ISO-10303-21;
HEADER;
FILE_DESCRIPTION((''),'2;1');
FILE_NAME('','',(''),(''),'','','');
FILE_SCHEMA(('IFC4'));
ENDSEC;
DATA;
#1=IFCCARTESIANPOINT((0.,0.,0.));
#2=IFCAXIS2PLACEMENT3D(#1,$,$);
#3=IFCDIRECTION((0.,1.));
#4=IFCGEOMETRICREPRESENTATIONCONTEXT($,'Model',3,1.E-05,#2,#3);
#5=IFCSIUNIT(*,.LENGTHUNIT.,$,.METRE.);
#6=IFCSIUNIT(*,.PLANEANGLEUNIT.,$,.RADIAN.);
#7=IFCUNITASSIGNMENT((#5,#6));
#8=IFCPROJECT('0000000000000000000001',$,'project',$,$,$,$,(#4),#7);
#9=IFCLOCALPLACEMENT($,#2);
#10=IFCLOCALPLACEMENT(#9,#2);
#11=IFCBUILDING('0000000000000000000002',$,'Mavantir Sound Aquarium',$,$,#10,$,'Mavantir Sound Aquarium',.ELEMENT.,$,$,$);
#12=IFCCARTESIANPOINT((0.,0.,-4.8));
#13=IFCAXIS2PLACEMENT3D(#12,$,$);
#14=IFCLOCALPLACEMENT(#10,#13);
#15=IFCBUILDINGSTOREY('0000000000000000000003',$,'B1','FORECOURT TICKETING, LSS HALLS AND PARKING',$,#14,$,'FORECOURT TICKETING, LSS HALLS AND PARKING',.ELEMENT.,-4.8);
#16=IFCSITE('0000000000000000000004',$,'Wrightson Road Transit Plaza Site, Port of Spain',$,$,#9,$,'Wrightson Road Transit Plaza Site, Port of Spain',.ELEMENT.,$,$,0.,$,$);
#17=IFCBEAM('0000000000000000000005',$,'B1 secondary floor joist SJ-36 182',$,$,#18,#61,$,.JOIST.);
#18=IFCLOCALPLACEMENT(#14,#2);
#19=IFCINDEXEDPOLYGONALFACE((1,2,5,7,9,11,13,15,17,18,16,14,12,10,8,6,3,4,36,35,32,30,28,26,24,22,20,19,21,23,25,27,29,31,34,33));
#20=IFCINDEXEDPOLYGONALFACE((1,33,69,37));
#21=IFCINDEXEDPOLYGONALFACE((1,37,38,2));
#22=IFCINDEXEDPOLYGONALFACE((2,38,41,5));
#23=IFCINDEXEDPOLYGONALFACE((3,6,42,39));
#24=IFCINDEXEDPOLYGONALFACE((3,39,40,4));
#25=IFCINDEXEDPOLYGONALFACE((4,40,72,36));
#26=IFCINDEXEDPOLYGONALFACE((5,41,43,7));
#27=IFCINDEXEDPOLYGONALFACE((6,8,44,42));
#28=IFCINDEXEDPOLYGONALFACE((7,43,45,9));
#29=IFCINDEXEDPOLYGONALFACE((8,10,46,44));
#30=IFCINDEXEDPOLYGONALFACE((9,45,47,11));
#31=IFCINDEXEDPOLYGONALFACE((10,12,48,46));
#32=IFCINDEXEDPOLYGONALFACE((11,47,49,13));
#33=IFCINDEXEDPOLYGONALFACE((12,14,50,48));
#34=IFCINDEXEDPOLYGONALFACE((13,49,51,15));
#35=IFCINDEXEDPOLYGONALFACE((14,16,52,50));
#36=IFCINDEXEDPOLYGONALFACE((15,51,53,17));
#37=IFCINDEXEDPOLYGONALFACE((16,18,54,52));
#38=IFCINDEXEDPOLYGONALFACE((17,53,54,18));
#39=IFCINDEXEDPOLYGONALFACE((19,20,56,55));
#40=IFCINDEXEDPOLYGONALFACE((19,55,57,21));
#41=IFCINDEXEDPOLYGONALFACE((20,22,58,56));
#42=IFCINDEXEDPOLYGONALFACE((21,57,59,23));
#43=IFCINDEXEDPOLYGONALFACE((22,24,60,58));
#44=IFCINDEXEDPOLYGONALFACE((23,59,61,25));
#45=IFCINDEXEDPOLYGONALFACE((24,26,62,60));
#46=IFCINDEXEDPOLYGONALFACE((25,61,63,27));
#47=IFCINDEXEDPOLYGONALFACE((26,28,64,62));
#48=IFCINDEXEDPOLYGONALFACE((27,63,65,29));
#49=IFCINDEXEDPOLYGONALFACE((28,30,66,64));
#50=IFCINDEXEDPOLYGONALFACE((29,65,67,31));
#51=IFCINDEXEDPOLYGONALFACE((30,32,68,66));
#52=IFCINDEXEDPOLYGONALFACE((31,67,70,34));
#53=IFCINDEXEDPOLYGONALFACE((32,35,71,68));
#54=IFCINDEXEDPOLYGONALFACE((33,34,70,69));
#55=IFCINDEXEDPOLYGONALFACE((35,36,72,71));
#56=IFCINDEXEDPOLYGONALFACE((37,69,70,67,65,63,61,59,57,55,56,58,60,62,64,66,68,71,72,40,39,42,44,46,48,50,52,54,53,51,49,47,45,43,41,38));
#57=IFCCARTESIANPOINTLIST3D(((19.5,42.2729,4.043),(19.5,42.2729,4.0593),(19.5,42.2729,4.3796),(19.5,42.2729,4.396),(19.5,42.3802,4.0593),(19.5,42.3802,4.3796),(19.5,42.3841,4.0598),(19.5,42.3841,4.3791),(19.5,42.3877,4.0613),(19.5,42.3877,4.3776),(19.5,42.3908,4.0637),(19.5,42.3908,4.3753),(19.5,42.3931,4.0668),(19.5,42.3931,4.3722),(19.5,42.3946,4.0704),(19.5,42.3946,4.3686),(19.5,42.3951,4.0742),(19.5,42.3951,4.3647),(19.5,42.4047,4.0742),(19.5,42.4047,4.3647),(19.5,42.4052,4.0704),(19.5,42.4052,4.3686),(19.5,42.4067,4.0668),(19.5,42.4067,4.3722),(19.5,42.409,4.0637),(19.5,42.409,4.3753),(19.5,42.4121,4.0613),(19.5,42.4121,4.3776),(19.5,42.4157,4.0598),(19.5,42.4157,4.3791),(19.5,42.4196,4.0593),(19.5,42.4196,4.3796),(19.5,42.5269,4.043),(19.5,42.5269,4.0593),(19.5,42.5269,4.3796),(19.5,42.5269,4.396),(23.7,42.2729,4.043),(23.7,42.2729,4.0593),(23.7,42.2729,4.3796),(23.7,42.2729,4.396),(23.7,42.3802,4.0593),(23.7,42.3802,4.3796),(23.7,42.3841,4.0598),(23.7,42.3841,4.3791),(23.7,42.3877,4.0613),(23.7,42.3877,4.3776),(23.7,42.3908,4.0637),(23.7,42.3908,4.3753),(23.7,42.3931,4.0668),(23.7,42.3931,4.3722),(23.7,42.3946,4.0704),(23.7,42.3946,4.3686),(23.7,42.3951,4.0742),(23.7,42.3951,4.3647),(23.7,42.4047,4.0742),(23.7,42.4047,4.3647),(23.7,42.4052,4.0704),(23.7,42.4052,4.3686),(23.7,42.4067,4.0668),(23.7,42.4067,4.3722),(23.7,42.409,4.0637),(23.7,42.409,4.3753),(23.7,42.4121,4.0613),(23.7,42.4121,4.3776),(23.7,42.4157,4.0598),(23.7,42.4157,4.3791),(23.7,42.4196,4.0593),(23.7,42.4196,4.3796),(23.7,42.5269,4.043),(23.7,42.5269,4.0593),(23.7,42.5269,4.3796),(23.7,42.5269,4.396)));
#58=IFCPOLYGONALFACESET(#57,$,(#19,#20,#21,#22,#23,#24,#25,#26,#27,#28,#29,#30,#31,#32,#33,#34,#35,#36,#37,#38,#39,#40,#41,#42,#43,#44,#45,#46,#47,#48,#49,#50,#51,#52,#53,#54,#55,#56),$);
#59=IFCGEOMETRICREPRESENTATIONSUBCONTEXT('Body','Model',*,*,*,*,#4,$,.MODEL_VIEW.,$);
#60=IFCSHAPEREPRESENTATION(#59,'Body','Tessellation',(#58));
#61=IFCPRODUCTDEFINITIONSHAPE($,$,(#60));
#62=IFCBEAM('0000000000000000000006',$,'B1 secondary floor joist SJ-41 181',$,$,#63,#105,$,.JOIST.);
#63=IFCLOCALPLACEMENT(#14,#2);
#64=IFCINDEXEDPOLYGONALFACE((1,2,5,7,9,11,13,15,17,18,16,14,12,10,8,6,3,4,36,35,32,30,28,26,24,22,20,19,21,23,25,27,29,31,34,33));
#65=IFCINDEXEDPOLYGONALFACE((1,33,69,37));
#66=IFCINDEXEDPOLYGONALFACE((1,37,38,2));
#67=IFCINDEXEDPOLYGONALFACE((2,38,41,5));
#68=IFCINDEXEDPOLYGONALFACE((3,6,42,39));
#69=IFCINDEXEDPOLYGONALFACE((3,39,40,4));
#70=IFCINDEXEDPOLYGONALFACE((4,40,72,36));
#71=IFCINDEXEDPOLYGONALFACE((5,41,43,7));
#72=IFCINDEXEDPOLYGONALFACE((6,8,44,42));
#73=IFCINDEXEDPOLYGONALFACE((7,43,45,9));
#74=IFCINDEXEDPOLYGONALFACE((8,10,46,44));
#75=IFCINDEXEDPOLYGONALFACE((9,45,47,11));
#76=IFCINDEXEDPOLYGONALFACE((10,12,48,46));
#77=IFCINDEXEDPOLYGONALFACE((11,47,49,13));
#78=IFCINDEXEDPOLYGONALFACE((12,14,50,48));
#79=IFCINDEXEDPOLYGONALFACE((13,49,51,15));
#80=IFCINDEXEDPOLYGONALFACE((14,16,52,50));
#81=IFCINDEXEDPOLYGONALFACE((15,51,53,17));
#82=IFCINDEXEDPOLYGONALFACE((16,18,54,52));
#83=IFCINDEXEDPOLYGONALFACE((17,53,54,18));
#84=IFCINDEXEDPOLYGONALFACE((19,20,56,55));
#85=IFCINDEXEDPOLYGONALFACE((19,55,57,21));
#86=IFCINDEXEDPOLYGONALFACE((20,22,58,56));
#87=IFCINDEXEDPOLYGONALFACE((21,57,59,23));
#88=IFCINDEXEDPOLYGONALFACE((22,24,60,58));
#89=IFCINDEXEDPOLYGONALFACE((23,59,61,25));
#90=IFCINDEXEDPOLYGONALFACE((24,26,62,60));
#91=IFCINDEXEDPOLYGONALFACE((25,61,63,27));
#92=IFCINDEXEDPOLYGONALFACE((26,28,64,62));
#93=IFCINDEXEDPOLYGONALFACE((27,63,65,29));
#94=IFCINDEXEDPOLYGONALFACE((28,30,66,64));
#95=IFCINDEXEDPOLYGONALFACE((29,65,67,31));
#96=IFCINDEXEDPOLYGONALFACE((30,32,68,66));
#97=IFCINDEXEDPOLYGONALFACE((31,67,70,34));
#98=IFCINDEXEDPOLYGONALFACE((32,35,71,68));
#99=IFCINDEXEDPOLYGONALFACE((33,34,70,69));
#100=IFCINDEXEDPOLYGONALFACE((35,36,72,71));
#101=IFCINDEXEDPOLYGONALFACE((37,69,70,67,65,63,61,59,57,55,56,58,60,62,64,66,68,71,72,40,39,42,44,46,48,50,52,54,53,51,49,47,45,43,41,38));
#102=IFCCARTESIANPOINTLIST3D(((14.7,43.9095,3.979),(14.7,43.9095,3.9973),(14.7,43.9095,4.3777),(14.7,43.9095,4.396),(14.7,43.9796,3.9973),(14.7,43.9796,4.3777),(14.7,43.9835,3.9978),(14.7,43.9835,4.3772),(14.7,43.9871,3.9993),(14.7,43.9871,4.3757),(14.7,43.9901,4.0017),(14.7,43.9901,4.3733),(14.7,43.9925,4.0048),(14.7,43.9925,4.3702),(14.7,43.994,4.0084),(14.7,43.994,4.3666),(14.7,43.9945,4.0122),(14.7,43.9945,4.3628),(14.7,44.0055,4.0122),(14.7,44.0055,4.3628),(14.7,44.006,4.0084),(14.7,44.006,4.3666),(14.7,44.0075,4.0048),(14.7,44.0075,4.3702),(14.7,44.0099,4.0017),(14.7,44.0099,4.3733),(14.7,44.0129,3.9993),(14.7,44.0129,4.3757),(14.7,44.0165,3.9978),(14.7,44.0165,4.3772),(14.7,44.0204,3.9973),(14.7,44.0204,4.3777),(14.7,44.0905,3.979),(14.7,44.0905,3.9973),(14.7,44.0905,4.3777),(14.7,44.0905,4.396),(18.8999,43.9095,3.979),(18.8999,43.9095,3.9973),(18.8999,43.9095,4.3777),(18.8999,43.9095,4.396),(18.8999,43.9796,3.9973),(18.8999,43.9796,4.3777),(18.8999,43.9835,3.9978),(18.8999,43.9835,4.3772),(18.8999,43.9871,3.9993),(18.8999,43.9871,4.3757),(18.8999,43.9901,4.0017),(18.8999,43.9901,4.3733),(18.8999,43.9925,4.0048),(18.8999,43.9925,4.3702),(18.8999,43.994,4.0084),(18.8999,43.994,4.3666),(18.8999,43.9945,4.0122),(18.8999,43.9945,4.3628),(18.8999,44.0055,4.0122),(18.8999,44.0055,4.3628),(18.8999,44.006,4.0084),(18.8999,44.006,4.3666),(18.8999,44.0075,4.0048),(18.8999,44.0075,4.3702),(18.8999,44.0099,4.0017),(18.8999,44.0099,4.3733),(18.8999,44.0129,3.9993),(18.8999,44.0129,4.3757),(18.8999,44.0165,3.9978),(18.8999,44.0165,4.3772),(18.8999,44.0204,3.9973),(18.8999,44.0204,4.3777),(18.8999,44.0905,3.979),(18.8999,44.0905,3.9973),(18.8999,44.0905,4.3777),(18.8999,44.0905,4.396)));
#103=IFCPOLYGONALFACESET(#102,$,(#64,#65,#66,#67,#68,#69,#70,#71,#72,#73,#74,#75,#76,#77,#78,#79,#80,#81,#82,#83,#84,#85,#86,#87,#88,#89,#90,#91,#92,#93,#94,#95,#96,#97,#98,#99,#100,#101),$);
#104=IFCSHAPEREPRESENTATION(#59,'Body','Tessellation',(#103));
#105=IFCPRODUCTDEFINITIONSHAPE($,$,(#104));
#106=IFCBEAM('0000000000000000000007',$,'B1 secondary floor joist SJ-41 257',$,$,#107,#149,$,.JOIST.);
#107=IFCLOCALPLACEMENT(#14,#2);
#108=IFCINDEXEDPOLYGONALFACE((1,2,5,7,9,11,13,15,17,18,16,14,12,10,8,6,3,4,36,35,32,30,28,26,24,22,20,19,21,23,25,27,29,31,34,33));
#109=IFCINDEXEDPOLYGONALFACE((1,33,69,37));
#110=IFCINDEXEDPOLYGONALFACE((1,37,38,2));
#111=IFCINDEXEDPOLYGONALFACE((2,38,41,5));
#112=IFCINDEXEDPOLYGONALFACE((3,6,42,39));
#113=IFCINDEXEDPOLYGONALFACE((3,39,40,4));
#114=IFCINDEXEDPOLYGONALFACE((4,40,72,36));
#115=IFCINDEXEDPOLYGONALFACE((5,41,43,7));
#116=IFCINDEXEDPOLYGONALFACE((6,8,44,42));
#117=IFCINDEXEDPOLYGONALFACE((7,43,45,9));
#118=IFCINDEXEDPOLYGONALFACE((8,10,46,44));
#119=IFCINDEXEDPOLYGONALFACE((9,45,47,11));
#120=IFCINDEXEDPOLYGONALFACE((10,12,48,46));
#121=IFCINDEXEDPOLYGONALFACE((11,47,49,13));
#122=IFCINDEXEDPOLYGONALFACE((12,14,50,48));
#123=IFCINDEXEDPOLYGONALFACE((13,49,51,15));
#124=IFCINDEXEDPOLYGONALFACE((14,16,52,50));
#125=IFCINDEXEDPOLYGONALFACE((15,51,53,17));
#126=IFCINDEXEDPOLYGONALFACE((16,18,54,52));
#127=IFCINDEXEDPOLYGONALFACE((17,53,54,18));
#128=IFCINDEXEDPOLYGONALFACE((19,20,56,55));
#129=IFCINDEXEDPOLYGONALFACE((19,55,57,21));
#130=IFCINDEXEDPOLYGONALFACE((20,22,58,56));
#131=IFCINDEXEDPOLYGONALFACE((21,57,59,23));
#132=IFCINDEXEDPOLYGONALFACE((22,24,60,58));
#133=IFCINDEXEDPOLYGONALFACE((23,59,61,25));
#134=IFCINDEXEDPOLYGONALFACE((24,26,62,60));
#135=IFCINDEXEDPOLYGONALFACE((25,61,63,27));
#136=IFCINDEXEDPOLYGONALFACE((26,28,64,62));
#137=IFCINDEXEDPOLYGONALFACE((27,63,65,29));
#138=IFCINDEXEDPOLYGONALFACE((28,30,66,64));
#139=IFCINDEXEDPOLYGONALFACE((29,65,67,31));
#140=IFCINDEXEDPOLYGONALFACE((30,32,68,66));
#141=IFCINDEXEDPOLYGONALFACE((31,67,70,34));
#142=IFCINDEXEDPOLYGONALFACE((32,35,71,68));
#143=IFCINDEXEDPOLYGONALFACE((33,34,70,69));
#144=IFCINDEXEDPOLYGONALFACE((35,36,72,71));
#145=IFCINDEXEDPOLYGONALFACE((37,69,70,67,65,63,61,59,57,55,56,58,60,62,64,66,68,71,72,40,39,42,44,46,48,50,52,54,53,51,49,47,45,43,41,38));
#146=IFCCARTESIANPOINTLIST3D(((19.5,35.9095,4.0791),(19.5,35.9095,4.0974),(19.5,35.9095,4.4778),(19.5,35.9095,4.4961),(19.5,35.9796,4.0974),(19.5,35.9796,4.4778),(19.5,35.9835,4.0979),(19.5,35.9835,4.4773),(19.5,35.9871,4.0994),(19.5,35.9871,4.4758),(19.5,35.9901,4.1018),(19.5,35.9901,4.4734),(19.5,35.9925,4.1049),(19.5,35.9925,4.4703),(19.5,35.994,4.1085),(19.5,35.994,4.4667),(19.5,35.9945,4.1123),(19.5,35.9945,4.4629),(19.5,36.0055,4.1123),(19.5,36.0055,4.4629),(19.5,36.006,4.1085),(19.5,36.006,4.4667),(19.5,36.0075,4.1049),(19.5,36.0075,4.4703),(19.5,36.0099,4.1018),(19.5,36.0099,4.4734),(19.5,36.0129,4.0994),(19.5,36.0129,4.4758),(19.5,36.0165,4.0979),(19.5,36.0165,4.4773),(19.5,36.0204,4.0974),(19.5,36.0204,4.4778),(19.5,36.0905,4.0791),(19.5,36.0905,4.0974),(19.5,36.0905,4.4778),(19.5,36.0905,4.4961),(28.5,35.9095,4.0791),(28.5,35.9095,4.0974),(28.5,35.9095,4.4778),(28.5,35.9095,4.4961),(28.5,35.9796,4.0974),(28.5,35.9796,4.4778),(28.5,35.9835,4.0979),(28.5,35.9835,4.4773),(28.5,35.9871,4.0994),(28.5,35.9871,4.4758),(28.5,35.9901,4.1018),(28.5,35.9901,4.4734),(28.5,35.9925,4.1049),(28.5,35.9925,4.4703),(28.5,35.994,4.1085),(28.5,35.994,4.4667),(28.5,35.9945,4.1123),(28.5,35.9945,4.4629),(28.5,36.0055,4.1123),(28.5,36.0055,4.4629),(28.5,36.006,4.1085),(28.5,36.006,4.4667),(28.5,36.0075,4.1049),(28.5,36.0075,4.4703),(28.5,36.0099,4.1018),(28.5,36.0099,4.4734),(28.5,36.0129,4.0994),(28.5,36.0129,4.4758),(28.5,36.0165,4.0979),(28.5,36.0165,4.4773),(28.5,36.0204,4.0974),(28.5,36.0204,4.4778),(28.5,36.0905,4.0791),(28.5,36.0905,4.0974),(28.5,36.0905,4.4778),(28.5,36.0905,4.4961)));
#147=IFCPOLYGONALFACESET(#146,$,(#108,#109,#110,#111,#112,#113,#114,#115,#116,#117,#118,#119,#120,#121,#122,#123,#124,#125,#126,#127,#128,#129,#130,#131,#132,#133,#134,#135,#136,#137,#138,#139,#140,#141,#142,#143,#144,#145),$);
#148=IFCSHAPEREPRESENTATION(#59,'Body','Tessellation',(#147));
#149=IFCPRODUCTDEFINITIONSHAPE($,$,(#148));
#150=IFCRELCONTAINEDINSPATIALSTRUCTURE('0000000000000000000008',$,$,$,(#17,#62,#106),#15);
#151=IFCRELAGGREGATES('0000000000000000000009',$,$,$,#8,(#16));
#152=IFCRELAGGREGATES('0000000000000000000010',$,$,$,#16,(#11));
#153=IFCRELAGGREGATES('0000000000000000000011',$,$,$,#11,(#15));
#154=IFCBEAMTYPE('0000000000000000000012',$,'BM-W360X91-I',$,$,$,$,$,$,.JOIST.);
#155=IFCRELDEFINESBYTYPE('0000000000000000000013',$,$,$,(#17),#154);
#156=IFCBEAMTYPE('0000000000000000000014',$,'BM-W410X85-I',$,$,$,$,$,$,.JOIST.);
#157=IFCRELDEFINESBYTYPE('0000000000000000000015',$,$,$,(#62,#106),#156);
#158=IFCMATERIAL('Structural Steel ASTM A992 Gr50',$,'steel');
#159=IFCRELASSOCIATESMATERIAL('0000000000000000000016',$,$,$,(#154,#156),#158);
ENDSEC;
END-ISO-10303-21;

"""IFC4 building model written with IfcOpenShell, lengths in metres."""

from ifc_helpers import new_model, si_unit, direction, frame, origin, origin_2d, place, context, subcontext, project, spatial, i_section, extrude, material, material_profile, profile_set, type_object, element, save


model = new_model("IFC4")

# Units and contexts
model_context = context("Model", 3, precision=1e-05, world=origin(), true_north=direction((0.0, 1.0)))
body_context = subcontext(model_context, "Body", "Model", "MODEL_VIEW")
ifc_project = project(units=[si_unit("LENGTHUNIT", "METRE"), si_unit("PLANEANGLEUNIT", "RADIAN")], contexts=[model_context])

# Site, building, storey
site_placement = place(None, origin())
site = spatial("IfcSite", under=ifc_project, at=site_placement, Name="Wrightson Road Transit Plaza Site, Port of Spain", LongName="Wrightson Road Transit Plaza Site, Port of Spain", CompositionType="ELEMENT", RefElevation=0.0)
building_placement = place(site_placement, origin())
building = spatial("IfcBuilding", under=site, at=building_placement, Name="Mavantir Sound Aquarium", LongName="Mavantir Sound Aquarium", CompositionType="ELEMENT")
storey_placement = place(building_placement, frame((0.0, 0.0, -4.8)))
storey = spatial("IfcBuildingStorey", under=building, at=storey_placement, Name="B1", Description="FORECOURT TICKETING, LSS HALLS AND PARKING", LongName="FORECOURT TICKETING, LSS HALLS AND PARKING", CompositionType="ELEMENT", Elevation=-4.8)

# Beams
ifc_material_1 = material(Name="Structural Steel ASTM A992 Gr50", Category="steel")
ifc_material_profile_1 = material_profile(ifc_material_1, i_section(OverallWidth=0.2539, OverallDepth=0.353, WebThickness=0.0095, FlangeThickness=0.0164, FilletRadius=0.0149, at=origin_2d()), Name="W360X91")
ifc_profile_set_1 = profile_set([ifc_material_profile_1], Name="Structural Steel ASTM A992 Gr50")
beam_type_1 = type_object("IfcBeamType", Name="BM-W360X91-I", PredefinedType="JOIST", material=ifc_profile_set_1)
beam_1_placement = place(storey_placement, frame((19.5, 42.3999, 4.2195), z_axis=(1.0, 0.0, 0.0), x_axis=(0.0, 1.0, 0.0)))
element("IfcBeam", 1, at=beam_1_placement, inside=storey, type_object=beam_type_1, Name="B1 secondary floor joist SJ-36 182", PredefinedType="JOIST", context=body_context, shape_type="SweptSolid", body=[
    extrude(i_section(OverallWidth=0.2539, OverallDepth=0.353, WebThickness=0.0095, FlangeThickness=0.0164, FilletRadius=0.0149, at=origin_2d()), origin(), (0.0, 0.0, 1.0), 4.2),
])
ifc_material_profile_2 = material_profile(ifc_material_1, i_section(OverallWidth=0.1809, OverallDepth=0.417, WebThickness=0.011, FlangeThickness=0.0183, FilletRadius=0.0149, at=origin_2d()), Name="W410X85")
ifc_profile_set_2 = profile_set([ifc_material_profile_2], Name="Structural Steel ASTM A992 Gr50")
beam_type_2 = type_object("IfcBeamType", Name="BM-W410X85-I", PredefinedType="JOIST", material=ifc_profile_set_2)
beam_2_placement = place(storey_placement, frame((14.7, 44.0, 4.1875), z_axis=(1.0, 0.0, 0.0), x_axis=(0.0, 1.0, 0.0)))
element("IfcBeam", 2, at=beam_2_placement, inside=storey, type_object=beam_type_2, Name="B1 secondary floor joist SJ-41 181", PredefinedType="JOIST", context=body_context, shape_type="SweptSolid", body=[
    extrude(i_section(OverallWidth=0.1809, OverallDepth=0.417, WebThickness=0.011, FlangeThickness=0.0183, FilletRadius=0.0149, at=origin_2d()), origin(), (0.0, 0.0, 1.0), 4.2),
])
beam_3_placement = place(storey_placement, frame((19.5, 36.0, 4.2876), z_axis=(1.0, 0.0, 0.0), x_axis=(0.0, 1.0, 0.0)))
element("IfcBeam", 3, at=beam_3_placement, inside=storey, type_object=beam_type_2, Name="B1 secondary floor joist SJ-41 257", PredefinedType="JOIST", context=body_context, shape_type="SweptSolid", body=[
    extrude(i_section(OverallWidth=0.1809, OverallDepth=0.417, WebThickness=0.011, FlangeThickness=0.0183, FilletRadius=0.0149, at=origin_2d()), origin(), (0.0, 0.0, 1.0), 9.0),
])

save(model, "model.ifc")
